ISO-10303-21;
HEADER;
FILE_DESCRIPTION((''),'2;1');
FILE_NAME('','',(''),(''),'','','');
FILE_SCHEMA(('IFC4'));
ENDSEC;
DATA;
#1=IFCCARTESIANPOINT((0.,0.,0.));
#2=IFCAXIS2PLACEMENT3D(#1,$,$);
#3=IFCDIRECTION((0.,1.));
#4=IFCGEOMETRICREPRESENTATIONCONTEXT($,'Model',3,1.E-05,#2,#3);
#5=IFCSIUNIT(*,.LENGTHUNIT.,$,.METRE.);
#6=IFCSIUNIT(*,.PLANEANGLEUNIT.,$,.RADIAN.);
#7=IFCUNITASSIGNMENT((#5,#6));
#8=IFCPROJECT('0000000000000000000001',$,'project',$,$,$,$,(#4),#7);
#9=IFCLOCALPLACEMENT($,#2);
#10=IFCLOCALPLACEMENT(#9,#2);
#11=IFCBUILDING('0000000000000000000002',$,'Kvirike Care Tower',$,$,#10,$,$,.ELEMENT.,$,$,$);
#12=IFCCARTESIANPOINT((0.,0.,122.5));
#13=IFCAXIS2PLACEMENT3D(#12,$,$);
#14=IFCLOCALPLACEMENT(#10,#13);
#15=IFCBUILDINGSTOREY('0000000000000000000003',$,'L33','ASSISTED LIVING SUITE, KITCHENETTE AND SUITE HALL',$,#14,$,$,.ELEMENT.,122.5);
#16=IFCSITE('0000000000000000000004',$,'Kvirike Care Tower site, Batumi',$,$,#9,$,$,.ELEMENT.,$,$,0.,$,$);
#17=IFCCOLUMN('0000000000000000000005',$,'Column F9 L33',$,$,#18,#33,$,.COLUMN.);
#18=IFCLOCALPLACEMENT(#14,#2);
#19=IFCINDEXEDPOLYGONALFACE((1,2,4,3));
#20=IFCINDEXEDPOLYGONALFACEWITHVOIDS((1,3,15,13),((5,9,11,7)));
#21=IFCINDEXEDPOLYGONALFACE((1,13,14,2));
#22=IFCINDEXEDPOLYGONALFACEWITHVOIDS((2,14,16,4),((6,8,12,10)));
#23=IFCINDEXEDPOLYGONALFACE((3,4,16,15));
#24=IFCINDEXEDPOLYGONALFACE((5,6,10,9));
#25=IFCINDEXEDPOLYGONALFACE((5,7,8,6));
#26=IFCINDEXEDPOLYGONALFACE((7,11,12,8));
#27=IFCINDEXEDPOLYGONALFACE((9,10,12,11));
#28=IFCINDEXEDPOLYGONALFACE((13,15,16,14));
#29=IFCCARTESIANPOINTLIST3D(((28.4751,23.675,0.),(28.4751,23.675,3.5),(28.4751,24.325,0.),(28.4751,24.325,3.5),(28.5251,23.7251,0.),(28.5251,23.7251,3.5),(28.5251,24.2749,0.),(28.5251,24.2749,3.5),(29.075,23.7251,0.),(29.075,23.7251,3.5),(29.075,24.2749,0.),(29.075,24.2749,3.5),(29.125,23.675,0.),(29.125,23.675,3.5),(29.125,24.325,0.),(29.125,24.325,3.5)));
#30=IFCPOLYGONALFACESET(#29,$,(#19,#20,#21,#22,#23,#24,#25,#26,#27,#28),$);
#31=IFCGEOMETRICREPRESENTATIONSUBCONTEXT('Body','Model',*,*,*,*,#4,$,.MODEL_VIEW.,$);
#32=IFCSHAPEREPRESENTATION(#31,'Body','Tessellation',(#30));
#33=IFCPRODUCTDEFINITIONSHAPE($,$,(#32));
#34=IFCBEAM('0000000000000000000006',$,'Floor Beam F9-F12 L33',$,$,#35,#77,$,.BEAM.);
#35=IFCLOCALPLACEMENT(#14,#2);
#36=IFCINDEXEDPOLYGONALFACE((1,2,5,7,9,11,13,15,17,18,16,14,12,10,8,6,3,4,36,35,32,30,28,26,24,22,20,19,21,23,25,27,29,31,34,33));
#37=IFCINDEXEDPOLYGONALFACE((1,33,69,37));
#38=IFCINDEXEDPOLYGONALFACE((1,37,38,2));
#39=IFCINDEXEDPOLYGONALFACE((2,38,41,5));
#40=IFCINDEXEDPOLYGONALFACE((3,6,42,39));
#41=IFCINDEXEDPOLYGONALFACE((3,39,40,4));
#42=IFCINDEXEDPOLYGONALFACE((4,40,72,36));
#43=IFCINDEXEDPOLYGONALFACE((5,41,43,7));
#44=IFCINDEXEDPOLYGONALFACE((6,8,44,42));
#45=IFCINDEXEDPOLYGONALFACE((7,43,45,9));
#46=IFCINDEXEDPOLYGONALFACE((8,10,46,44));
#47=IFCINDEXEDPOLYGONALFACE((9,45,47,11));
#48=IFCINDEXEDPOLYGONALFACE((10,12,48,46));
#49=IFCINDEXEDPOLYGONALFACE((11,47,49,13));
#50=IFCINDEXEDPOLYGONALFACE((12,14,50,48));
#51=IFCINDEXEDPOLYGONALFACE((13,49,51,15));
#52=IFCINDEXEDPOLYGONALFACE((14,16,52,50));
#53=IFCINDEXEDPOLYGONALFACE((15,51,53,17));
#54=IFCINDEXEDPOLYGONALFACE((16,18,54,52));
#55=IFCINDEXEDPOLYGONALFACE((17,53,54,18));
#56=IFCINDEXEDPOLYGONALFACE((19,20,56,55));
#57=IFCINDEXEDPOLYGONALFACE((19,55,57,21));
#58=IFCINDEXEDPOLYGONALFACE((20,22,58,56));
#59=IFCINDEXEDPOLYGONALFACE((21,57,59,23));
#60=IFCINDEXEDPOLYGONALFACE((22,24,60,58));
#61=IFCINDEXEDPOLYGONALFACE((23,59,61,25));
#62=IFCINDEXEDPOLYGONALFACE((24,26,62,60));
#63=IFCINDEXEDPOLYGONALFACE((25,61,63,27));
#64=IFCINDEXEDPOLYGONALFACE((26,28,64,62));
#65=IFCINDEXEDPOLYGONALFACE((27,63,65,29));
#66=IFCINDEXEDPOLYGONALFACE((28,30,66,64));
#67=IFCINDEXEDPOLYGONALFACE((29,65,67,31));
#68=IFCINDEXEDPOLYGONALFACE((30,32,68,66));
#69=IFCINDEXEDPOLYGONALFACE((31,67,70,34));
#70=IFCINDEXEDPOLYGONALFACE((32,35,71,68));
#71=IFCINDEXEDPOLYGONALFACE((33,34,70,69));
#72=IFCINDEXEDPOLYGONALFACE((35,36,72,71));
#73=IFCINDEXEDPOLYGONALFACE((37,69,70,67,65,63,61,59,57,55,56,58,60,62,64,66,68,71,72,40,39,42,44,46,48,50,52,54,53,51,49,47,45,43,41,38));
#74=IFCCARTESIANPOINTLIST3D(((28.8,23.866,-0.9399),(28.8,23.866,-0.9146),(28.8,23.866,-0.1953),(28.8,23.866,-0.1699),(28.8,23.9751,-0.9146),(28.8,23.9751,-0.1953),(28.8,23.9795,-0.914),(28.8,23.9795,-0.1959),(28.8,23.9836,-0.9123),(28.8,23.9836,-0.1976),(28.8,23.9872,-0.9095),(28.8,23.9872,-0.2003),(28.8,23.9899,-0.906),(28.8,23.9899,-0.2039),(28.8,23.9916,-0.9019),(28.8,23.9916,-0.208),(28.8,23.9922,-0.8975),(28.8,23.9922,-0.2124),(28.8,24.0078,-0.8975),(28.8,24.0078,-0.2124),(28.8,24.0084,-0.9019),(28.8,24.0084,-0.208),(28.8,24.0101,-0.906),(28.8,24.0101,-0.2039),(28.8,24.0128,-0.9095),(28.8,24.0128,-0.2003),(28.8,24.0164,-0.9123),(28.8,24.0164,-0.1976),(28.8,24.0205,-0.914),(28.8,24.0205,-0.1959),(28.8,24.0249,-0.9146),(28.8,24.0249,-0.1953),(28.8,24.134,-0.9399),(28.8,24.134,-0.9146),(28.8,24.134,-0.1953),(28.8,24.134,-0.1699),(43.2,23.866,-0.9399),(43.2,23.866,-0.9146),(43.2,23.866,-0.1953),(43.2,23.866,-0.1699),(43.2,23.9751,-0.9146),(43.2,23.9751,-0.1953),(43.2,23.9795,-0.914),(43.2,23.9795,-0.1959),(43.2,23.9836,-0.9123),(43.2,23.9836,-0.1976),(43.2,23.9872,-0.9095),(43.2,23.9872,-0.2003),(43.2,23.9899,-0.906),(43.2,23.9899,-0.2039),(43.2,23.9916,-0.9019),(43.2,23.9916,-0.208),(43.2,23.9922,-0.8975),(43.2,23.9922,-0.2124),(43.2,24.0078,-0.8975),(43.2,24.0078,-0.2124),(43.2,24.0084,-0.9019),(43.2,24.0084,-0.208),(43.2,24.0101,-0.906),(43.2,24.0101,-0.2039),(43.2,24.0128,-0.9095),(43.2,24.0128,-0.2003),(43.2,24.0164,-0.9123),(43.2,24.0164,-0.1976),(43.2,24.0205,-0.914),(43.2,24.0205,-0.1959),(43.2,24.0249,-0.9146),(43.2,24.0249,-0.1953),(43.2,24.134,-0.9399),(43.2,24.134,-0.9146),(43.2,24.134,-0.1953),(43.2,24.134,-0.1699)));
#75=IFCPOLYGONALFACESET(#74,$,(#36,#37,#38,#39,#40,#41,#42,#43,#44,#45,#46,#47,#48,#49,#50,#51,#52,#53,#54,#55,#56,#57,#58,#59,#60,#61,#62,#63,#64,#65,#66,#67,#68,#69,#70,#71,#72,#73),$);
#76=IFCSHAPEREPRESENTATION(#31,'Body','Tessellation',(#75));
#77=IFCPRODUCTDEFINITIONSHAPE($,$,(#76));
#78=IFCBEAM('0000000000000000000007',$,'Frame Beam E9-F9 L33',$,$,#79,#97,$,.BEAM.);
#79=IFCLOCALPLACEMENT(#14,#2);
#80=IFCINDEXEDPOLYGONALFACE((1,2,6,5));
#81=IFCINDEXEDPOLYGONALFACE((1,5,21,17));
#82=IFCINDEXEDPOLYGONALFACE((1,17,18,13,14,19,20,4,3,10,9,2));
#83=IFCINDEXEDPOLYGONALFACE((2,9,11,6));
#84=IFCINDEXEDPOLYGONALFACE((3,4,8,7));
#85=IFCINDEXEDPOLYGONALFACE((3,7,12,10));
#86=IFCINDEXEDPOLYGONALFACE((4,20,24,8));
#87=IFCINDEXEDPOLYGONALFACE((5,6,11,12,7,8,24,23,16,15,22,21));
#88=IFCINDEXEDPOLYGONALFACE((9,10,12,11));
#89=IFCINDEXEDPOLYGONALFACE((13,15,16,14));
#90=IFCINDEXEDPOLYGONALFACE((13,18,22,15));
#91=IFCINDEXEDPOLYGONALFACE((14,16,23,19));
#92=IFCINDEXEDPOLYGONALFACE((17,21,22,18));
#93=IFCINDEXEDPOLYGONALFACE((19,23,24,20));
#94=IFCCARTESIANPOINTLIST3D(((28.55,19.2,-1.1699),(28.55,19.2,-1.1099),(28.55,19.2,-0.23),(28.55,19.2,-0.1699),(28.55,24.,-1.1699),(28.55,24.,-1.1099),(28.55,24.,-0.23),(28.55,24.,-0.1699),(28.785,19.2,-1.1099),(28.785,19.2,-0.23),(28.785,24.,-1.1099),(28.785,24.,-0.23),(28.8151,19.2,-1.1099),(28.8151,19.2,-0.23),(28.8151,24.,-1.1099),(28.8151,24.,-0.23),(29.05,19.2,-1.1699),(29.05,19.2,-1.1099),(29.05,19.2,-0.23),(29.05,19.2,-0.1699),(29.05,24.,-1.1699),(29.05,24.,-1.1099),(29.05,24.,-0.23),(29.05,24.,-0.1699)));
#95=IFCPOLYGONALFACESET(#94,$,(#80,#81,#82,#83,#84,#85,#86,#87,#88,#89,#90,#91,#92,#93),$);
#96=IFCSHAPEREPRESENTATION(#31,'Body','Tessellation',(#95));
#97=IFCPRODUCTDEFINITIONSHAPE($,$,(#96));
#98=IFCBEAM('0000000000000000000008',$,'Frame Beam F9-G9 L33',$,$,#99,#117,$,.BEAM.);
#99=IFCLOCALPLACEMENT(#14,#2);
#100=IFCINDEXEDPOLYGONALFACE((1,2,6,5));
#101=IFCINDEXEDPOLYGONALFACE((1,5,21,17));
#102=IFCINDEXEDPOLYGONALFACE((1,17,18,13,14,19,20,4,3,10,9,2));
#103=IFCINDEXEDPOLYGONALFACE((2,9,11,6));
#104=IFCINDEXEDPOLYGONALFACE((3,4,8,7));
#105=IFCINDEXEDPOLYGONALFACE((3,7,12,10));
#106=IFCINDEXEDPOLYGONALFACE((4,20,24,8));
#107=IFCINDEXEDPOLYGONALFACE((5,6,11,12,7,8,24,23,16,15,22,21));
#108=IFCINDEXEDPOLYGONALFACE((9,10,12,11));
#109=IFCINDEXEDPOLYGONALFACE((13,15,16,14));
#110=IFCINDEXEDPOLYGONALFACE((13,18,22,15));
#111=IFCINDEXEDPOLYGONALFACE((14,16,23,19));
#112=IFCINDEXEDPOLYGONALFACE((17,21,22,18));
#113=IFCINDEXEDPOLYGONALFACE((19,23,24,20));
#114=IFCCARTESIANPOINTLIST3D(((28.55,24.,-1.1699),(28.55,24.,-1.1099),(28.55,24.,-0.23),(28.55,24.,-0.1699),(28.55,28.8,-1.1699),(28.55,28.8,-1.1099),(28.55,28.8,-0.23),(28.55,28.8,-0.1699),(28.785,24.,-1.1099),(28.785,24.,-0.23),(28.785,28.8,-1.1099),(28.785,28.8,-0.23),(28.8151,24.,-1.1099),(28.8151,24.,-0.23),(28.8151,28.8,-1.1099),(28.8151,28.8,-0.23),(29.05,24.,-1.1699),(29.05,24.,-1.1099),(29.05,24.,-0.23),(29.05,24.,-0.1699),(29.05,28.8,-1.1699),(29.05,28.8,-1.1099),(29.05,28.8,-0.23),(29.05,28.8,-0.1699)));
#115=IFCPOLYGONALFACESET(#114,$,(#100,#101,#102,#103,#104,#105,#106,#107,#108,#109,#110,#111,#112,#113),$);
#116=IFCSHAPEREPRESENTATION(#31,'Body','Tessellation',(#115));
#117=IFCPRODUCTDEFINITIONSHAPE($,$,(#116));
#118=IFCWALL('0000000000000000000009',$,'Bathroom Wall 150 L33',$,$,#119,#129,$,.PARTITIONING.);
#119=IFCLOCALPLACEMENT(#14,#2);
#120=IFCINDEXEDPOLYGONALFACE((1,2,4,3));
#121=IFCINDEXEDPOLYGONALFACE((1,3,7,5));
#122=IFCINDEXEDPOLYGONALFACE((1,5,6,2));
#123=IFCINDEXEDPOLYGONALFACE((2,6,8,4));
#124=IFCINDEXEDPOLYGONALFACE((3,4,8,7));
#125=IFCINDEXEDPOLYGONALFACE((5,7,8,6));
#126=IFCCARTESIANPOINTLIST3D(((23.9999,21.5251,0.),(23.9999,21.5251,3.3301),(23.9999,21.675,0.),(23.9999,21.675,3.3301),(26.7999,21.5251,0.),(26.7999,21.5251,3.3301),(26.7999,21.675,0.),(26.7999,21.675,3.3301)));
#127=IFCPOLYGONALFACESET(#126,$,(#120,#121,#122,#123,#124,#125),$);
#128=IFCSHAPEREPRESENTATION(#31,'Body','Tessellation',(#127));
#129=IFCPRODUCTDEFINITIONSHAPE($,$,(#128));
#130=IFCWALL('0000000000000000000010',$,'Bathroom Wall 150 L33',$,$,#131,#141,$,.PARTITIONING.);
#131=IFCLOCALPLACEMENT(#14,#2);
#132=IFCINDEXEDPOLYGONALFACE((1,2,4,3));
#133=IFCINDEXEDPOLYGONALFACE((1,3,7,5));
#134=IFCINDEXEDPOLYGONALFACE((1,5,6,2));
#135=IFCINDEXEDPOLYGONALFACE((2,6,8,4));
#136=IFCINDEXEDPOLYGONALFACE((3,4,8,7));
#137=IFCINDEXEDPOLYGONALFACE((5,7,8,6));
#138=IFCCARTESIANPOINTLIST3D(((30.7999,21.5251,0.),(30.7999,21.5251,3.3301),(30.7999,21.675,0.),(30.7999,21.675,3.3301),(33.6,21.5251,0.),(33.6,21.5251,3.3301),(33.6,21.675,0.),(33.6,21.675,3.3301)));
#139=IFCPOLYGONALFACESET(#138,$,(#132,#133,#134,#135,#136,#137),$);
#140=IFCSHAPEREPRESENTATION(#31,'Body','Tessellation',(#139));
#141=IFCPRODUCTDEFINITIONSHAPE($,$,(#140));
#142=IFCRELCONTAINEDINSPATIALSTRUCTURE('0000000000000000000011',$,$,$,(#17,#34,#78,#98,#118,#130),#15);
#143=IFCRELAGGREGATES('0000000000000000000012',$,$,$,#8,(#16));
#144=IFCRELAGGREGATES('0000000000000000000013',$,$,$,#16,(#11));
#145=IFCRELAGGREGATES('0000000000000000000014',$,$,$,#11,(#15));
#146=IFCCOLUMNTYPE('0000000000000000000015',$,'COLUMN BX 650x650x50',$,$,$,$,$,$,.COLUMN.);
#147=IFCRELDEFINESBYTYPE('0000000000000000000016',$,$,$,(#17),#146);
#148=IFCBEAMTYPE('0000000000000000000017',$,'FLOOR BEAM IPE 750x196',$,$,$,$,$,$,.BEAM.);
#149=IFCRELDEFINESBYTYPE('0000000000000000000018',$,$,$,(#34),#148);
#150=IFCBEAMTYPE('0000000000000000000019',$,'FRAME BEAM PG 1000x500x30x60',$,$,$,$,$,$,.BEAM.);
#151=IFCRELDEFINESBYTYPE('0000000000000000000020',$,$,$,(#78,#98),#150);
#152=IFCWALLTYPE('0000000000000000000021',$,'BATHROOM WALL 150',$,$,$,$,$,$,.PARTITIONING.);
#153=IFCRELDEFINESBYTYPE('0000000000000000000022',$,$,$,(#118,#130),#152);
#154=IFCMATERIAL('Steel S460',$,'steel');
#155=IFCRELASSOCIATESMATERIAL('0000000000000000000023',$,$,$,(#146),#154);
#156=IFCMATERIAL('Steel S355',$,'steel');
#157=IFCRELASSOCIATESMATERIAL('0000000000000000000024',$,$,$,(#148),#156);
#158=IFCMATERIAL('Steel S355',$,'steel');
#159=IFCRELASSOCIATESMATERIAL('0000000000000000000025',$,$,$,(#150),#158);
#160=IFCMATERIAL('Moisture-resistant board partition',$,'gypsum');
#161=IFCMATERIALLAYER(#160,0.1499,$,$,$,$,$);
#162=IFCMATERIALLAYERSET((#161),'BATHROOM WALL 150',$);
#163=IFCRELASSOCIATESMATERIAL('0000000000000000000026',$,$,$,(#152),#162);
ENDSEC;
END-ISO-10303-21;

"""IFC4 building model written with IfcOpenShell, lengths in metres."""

from ifc_helpers import new_model, si_unit, direction, frame, frame_2d, origin, origin_2d, place, context, subcontext, project, spatial, rectangle, hollow_rectangle, i_section, extrude, material, layer, layer_set, material_profile, profile_set, type_object, element, save


model = new_model("IFC4")

# Units and contexts
model_context = context("Model", 3, precision=1e-05, world=origin(), true_north=direction((0.0, 1.0)))
body_context = subcontext(model_context, "Body", "Model", "MODEL_VIEW")
ifc_project = project(units=[si_unit("LENGTHUNIT", "METRE"), si_unit("PLANEANGLEUNIT", "RADIAN")], contexts=[model_context])

# Site, building, storey
site_placement = place(None, origin())
site = spatial("IfcSite", under=ifc_project, at=site_placement, Name="Kvirike Care Tower site, Batumi", CompositionType="ELEMENT", RefElevation=0.0)
building_placement = place(site_placement, origin())
building = spatial("IfcBuilding", under=site, at=building_placement, Name="Kvirike Care Tower", CompositionType="ELEMENT")
storey_placement = place(building_placement, frame((0.0, 0.0, 122.5)))
storey = spatial("IfcBuildingStorey", under=building, at=storey_placement, Name="L33", Description="ASSISTED LIVING SUITE, KITCHENETTE AND SUITE HALL", CompositionType="ELEMENT", Elevation=122.5)

# Column
ifc_material_1 = material(Name="Steel S460", Category="steel")
ifc_material_profile_1 = material_profile(ifc_material_1, hollow_rectangle(XDim=0.6499, YDim=0.6499, WallThickness=0.05, at=origin_2d()), Name="BX 650x650x50")
ifc_profile_set_1 = profile_set([ifc_material_profile_1], Name="Steel S460")
column_type = type_object("IfcColumnType", Name="COLUMN BX 650x650x50", PredefinedType="COLUMN", material=ifc_profile_set_1)
column_placement = place(storey_placement, frame((28.8, 24.0, 0.0), z_axis=(0.0, 0.0, 1.0), x_axis=(1.0, 0.0, 0.0)))
element("IfcColumn", 1, at=column_placement, inside=storey, type_object=column_type, Name="Column F9 L33", PredefinedType="COLUMN", context=body_context, shape_type="SweptSolid", body=[
    extrude(hollow_rectangle(XDim=0.6499, YDim=0.6499, WallThickness=0.05, at=origin_2d()), origin(), (0.0, 0.0, 1.0), 3.5),
])

# Beams
ifc_material_2 = material(Name="Steel S355", Category="steel")
ifc_material_profile_2 = material_profile(ifc_material_2, i_section(OverallWidth=0.2681, OverallDepth=0.77, WebThickness=0.0156, FlangeThickness=0.0254, FilletRadius=0.0171, at=origin_2d()), Name="IPE 750x196")
ifc_profile_set_2 = profile_set([ifc_material_profile_2], Name="Steel S355")
beam_type_1 = type_object("IfcBeamType", Name="FLOOR BEAM IPE 750x196", PredefinedType="BEAM", material=ifc_profile_set_2)
beam_placement = place(storey_placement, frame((28.8, 24.0, -0.5549), z_axis=(1.0, 0.0, 0.0), x_axis=(0.0, 1.0, 0.0)))
element("IfcBeam", 2, at=beam_placement, inside=storey, type_object=beam_type_1, Name="Floor Beam F9-F12 L33", PredefinedType="BEAM", context=body_context, shape_type="SweptSolid", body=[
    extrude(i_section(OverallWidth=0.2681, OverallDepth=0.77, WebThickness=0.0156, FlangeThickness=0.0254, FilletRadius=0.0171, at=origin_2d()), origin(), (0.0, 0.0, 1.0), 14.3999),
])
ifc_material_3 = material(Name="Steel S355", Category="steel")
ifc_material_profile_3 = material_profile(ifc_material_3, i_section(OverallWidth=0.5, OverallDepth=1.0, WebThickness=0.03, FlangeThickness=0.0601, at=origin_2d()), Name="PG 1000x500x30x60")
ifc_profile_set_3 = profile_set([ifc_material_profile_3], Name="Steel S355")
beam_type_2 = type_object("IfcBeamType", Name="FRAME BEAM PG 1000x500x30x60", PredefinedType="BEAM", material=ifc_profile_set_3)
for number, where, z_axis, x_axis, name in (
    (3, (28.8, 19.2, -0.6699), (0.0, 1.0, 0.0), (-1.0, 0.0, 0.0), "Frame Beam E9-F9 L33"),
    (4, (28.8, 24.0, -0.6699), (0.0, 1.0, 0.0), (-1.0, 0.0, 0.0), "Frame Beam F9-G9 L33"),
):
    element("IfcBeam", number, at=place(storey_placement, frame(where, z_axis=z_axis, x_axis=x_axis)), inside=storey, type_object=beam_type_2, Name=name, PredefinedType="BEAM", context=body_context, shape_type="SweptSolid", body=[
        extrude(i_section(OverallWidth=0.5, OverallDepth=1.0, WebThickness=0.03, FlangeThickness=0.0601, at=origin_2d()), origin(), (0.0, 0.0, 1.0), 4.8),
    ])

# Walls
ifc_material_4 = material(Name="Moisture-resistant board partition", Category="gypsum")
ifc_layer_1 = layer(ifc_material_4, 0.1499)
ifc_layer_set_1 = layer_set([ifc_layer_1], Name="BATHROOM WALL 150")
wall_type_1 = type_object("IfcWallType", Name="BATHROOM WALL 150", PredefinedType="PARTITIONING", material=ifc_layer_set_1)
for number, where, z_axis, x_axis, name in (
    (5, (24.0, 21.6001, 0.0), (0.0, 0.0, 1.0), (1.0, 0.0, 0.0), "Bathroom Wall 150 L33"),
    (6, (30.8, 21.6001, 0.0), (0.0, 0.0, 1.0), (1.0, 0.0, 0.0), "Bathroom Wall 150 L33"),
):
    element("IfcWall", number, at=place(storey_placement, frame(where, z_axis=z_axis, x_axis=x_axis)), inside=storey, type_object=wall_type_1, Name=name, PredefinedType="PARTITIONING", context=body_context, shape_type="SweptSolid", body=[
        extrude(rectangle(XDim=2.8, YDim=0.1499, at=frame_2d((1.3999, 0.0))), origin(), (0.0, 0.0, 1.0), 3.3301),
    ])

save(model, "model.ifc")
